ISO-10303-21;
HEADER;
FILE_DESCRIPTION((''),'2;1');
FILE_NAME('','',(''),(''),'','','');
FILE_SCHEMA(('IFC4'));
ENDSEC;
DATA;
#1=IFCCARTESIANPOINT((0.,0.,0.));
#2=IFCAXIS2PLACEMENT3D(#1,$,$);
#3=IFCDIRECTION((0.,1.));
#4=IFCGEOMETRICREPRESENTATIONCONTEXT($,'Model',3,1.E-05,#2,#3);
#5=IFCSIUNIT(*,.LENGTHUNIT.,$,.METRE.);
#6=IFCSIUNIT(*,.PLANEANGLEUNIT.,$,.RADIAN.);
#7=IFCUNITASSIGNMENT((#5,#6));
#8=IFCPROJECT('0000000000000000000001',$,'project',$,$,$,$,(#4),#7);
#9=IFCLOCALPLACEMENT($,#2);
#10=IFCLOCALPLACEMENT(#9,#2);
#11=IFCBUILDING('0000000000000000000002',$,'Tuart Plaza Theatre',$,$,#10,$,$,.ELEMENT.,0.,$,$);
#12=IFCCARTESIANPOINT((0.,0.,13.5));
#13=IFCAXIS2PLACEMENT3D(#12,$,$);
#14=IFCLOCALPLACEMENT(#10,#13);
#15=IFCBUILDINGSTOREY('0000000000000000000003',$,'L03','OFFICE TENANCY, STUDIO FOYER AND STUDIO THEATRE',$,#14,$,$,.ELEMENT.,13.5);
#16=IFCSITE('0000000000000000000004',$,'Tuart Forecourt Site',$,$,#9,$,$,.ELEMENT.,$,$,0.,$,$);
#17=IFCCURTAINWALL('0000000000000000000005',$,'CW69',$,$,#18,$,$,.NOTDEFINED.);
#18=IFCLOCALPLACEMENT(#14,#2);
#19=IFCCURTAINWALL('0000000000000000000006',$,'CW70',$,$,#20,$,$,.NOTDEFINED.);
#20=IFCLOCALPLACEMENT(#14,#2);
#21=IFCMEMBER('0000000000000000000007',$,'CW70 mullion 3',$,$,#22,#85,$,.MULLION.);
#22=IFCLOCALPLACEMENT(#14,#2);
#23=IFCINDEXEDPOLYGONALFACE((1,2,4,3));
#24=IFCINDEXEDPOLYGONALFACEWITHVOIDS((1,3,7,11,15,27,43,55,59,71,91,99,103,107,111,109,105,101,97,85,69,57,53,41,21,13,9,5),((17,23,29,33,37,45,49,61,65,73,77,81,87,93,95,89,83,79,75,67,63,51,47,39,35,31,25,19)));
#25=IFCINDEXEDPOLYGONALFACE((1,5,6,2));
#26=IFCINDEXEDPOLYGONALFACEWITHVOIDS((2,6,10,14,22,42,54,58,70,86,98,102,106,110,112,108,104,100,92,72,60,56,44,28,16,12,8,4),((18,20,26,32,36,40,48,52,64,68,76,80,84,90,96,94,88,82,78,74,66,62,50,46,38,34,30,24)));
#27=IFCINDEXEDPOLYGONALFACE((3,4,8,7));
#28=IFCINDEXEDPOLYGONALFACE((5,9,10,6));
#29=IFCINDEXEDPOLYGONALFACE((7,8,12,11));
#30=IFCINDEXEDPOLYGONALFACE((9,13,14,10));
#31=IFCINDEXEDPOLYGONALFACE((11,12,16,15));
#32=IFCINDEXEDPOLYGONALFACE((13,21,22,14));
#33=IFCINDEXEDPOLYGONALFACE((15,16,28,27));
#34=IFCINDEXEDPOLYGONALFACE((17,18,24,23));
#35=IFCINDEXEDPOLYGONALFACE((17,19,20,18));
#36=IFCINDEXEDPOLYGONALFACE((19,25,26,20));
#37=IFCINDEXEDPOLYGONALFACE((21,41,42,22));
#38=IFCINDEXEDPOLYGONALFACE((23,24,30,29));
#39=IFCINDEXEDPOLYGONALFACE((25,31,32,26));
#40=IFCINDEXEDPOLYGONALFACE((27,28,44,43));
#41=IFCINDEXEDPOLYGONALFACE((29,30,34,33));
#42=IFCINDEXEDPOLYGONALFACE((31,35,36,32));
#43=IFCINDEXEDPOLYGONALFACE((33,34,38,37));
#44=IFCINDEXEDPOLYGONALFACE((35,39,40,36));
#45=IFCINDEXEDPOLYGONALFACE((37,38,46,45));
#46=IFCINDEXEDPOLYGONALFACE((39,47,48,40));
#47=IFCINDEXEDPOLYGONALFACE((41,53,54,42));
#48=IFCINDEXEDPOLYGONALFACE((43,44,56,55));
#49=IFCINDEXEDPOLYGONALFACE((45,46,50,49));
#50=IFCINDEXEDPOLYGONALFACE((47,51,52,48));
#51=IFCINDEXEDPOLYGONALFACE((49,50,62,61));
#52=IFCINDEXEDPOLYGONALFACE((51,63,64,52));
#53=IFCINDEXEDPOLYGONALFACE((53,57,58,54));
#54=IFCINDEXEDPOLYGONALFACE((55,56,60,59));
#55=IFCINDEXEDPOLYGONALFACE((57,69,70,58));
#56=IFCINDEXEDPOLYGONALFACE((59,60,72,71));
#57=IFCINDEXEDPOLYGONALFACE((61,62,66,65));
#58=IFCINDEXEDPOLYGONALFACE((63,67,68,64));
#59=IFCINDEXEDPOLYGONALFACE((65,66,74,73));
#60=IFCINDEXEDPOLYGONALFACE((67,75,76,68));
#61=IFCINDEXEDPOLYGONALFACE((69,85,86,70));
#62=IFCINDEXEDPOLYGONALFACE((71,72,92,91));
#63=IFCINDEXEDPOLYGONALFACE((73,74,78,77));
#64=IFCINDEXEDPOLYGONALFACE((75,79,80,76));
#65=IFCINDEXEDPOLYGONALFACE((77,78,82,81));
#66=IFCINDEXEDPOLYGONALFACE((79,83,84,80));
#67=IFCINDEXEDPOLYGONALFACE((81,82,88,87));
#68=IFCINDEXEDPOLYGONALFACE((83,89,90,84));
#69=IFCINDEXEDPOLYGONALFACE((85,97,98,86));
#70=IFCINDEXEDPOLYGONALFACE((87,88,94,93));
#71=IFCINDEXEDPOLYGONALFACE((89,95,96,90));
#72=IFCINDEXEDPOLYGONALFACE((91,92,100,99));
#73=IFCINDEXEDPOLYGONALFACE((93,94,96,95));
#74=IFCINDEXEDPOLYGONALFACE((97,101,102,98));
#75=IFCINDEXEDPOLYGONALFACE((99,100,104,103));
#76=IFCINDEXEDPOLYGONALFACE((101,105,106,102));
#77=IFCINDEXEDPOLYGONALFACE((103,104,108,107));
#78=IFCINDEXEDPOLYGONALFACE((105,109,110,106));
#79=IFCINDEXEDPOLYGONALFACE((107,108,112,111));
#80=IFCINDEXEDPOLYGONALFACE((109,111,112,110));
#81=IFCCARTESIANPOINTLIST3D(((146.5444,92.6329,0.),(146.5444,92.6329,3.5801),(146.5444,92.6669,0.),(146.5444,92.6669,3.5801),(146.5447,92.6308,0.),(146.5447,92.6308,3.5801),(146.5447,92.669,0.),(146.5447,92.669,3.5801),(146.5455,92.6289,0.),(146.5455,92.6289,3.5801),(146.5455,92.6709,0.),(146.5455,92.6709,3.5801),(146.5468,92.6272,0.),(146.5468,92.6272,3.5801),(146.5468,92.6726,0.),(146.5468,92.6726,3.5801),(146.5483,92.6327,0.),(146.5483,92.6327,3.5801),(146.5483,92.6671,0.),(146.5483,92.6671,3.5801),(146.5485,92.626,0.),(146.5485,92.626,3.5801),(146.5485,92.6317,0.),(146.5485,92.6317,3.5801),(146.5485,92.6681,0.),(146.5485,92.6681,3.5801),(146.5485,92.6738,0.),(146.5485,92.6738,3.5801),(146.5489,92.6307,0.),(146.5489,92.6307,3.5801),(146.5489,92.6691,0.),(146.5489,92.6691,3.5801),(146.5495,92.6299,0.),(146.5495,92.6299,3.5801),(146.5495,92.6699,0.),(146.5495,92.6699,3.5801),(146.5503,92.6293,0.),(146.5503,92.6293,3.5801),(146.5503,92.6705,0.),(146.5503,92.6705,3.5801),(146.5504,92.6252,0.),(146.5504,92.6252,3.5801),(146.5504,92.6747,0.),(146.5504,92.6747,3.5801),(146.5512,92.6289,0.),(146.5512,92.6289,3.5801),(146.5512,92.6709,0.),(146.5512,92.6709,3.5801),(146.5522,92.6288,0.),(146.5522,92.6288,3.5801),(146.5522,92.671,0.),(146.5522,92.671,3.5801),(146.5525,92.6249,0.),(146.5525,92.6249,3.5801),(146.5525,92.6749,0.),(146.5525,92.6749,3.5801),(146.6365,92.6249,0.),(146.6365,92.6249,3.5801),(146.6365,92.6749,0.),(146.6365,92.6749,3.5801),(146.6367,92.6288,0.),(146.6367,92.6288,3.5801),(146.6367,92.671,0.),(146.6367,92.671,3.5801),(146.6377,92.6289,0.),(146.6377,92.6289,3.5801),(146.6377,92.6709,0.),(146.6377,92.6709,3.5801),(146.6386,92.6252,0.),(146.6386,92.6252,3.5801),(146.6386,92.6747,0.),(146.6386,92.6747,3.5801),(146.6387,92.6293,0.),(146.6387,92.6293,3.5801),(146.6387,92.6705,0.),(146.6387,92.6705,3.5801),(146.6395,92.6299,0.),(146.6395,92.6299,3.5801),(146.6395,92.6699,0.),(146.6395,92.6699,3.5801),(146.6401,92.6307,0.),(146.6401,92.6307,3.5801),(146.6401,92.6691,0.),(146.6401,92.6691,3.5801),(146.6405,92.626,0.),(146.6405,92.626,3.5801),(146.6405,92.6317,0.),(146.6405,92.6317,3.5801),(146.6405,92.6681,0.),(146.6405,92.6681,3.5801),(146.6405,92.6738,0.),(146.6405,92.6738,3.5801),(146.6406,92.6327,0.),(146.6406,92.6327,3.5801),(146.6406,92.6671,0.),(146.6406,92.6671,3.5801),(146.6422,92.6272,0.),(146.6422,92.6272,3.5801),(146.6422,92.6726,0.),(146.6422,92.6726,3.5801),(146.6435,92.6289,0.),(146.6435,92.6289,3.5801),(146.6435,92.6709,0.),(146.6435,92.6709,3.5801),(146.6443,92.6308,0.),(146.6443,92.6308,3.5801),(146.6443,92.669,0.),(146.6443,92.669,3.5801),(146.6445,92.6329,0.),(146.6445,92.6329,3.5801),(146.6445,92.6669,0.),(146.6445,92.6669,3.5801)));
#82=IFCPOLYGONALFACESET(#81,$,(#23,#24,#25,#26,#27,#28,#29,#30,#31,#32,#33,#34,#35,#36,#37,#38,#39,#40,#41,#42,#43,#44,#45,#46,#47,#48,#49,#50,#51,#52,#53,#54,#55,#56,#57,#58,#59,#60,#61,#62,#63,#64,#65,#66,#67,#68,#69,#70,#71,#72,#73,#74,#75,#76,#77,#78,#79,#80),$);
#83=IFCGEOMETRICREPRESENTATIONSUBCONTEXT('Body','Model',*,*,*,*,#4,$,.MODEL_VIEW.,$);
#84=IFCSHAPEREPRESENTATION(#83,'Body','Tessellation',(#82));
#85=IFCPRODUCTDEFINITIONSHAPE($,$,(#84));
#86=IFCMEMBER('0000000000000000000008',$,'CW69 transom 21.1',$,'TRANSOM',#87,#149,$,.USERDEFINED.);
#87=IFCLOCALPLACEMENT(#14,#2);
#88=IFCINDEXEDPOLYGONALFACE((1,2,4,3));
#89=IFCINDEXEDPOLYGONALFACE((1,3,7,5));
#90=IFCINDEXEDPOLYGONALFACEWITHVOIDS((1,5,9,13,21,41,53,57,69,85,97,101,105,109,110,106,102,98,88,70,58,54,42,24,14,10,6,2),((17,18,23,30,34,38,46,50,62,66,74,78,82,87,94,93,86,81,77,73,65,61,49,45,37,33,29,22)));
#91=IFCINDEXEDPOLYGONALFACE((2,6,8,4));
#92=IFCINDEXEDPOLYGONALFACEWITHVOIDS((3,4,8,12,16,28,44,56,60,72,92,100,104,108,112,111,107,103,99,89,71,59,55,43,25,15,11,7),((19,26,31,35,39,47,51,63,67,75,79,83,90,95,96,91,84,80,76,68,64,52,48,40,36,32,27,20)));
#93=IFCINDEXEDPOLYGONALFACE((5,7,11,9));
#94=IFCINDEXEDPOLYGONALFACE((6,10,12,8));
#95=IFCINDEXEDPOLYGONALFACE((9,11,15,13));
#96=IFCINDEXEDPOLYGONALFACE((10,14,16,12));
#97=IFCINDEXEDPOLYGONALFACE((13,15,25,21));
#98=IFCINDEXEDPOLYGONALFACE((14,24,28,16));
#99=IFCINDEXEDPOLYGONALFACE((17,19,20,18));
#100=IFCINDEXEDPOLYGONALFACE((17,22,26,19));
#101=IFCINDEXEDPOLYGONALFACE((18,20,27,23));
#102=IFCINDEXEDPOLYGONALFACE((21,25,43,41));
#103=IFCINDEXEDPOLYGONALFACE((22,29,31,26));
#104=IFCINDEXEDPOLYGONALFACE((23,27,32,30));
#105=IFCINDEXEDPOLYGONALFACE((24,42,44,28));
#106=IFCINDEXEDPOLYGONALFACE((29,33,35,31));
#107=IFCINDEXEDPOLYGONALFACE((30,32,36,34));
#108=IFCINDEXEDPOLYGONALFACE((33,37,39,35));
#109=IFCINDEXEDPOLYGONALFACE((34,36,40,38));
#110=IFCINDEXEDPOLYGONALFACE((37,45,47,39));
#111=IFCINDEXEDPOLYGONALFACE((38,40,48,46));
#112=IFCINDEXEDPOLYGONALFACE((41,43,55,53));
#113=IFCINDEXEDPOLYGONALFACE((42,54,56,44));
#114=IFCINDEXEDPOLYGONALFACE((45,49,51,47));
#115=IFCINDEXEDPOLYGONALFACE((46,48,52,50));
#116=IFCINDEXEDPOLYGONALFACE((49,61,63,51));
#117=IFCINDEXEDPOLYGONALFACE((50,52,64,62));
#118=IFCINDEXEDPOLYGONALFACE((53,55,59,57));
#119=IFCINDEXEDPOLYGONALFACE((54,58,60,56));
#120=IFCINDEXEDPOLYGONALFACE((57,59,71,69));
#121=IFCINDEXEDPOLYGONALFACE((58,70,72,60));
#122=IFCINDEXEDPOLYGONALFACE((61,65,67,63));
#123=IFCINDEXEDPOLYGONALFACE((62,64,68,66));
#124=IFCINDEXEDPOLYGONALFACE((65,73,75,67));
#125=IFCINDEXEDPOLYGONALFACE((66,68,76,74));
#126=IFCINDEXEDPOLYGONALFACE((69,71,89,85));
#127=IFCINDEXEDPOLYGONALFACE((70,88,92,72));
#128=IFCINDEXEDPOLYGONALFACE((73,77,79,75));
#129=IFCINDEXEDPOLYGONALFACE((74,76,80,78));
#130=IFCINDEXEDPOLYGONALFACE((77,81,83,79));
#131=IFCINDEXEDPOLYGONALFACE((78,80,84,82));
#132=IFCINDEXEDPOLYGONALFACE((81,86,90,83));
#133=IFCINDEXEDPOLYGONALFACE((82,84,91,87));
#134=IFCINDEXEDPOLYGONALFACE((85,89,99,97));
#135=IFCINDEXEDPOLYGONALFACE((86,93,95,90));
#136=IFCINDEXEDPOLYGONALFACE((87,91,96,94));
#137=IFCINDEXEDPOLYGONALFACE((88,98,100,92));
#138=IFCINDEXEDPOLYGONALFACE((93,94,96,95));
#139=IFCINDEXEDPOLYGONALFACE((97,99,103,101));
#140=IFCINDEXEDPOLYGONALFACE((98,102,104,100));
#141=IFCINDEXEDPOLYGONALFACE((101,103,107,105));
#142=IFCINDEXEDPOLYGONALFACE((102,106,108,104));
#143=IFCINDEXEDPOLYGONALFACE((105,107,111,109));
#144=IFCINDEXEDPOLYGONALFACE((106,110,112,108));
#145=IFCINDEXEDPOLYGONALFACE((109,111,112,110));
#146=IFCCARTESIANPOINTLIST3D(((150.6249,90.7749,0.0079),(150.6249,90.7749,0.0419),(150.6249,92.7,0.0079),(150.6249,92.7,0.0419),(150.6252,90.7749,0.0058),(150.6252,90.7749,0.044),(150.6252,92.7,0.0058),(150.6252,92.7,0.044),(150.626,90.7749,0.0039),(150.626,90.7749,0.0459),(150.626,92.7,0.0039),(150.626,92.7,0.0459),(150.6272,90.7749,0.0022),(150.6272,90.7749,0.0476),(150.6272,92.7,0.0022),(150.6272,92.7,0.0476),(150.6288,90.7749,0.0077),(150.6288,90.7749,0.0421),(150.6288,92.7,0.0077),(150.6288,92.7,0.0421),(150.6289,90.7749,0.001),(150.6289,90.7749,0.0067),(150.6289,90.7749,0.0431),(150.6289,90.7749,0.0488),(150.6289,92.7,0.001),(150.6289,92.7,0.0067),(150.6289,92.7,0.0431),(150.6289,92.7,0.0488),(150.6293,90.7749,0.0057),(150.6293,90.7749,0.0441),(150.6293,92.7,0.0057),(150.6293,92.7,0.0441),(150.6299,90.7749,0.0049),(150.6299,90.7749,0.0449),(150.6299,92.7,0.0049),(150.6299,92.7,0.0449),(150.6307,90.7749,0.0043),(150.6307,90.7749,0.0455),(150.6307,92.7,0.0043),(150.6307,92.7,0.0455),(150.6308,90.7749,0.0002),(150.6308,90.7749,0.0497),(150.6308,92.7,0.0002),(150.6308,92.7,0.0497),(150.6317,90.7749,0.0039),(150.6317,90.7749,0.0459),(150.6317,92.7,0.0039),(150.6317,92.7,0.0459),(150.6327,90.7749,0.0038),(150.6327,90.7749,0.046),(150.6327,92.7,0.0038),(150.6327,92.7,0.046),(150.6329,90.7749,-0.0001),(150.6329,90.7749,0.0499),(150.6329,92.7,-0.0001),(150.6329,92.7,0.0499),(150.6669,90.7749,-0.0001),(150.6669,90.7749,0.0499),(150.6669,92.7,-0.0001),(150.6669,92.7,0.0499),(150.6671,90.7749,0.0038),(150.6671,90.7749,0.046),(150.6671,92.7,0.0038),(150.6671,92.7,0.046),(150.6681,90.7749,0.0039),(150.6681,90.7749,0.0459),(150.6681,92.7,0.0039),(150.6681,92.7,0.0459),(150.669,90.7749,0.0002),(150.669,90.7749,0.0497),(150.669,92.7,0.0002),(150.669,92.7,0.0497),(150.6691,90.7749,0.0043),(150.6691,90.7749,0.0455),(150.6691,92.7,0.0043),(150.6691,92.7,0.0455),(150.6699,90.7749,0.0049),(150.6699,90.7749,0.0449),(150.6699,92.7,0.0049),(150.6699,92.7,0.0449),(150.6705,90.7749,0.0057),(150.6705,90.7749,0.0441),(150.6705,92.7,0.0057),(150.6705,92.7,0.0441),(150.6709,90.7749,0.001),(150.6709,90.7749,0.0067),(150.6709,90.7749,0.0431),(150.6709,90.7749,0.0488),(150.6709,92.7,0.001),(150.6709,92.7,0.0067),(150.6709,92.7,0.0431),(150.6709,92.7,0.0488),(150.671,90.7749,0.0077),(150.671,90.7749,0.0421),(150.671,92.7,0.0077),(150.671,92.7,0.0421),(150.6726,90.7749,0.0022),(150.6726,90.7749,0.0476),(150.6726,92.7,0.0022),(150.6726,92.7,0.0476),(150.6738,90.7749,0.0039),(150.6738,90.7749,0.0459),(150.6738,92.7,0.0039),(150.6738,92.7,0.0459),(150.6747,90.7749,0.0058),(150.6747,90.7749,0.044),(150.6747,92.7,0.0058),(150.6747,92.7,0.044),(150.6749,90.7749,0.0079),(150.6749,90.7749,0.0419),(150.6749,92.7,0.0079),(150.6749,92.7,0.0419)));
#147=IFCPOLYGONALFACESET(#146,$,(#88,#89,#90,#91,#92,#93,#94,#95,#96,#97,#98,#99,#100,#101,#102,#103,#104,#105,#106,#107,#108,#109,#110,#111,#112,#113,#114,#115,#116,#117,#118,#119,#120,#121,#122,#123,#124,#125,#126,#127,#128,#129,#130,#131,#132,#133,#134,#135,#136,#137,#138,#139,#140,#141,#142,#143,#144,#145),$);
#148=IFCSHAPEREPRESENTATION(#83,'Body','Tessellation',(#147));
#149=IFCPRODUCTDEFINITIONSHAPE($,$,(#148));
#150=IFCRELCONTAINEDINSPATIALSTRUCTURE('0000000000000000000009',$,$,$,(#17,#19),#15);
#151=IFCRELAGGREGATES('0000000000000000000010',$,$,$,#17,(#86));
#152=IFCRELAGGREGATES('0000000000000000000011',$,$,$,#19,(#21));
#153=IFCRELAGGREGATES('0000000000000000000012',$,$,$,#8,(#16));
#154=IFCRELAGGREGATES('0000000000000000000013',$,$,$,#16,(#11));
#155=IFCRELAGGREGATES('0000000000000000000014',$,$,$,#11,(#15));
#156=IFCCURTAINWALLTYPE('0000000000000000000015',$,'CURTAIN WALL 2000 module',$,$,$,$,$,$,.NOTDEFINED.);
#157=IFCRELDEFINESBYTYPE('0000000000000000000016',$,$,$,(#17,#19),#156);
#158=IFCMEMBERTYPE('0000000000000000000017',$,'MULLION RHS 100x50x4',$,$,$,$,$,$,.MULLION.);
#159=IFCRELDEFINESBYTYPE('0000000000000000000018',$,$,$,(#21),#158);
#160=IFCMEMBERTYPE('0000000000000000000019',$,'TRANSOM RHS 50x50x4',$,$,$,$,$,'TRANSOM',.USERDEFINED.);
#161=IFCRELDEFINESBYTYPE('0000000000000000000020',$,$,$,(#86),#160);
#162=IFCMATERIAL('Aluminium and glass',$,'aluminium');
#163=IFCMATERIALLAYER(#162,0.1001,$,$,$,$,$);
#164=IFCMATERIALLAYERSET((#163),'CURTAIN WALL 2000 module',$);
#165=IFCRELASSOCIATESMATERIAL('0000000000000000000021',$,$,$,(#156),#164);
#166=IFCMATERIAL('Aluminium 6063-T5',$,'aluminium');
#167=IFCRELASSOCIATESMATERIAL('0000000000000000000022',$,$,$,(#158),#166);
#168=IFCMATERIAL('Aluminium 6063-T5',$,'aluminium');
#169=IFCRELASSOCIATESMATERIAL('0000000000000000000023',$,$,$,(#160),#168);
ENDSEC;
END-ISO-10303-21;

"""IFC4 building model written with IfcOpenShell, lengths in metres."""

from ifc_helpers import new_model, si_unit, direction, frame, origin, origin_2d, place, context, subcontext, project, spatial, hollow_rectangle, extrude, material, layer, layer_set, material_profile, profile_set, type_object, element, aggregate, save


model = new_model("IFC4")

# Units and contexts
model_context = context("Model", 3, precision=1e-05, world=origin(), true_north=direction((0.0, 1.0)))
body_context = subcontext(model_context, "Body", "Model", "MODEL_VIEW")
ifc_project = project(units=[si_unit("LENGTHUNIT", "METRE"), si_unit("PLANEANGLEUNIT", "RADIAN")], contexts=[model_context])

# Site, building, storey
site_placement = place(None, origin())
site = spatial("IfcSite", under=ifc_project, at=site_placement, Name="Tuart Forecourt Site", CompositionType="ELEMENT", RefElevation=0.0)
building_placement = place(site_placement, origin())
building = spatial("IfcBuilding", under=site, at=building_placement, Name="Tuart Plaza Theatre", CompositionType="ELEMENT", ElevationOfRefHeight=0.0)
storey_placement = place(building_placement, frame((0.0, 0.0, 13.5)))
storey = spatial("IfcBuildingStorey", under=building, at=storey_placement, Name="L03", Description="OFFICE TENANCY, STUDIO FOYER AND STUDIO THEATRE", CompositionType="ELEMENT", Elevation=13.5)

# Curtain walls, member
ifc_material_1 = material(Name="Aluminium and glass", Category="aluminium")
ifc_layer_1 = layer(ifc_material_1, 0.1001)
ifc_layer_set_1 = layer_set([ifc_layer_1], Name="CURTAIN WALL 2000 module")
curtain_wall_type = type_object("IfcCurtainWallType", Name="CURTAIN WALL 2000 module", PredefinedType="NOTDEFINED", material=ifc_layer_set_1)
curtain_wall_1_placement = place(storey_placement, origin())
curtain_wall_1 = element("IfcCurtainWall", 1, at=curtain_wall_1_placement, inside=storey, type_object=curtain_wall_type, Name="CW69", PredefinedType="NOTDEFINED")
ifc_material_2 = material(Name="Aluminium 6063-T5", Category="aluminium")
ifc_material_profile_1 = material_profile(ifc_material_2, hollow_rectangle(XDim=0.05, YDim=0.1001, WallThickness=0.0039, InnerFilletRadius=0.0039, OuterFilletRadius=0.0081, at=origin_2d()), Name="RHS 100x50x4")
ifc_profile_set_1 = profile_set([ifc_material_profile_1], Name="Aluminium 6063-T5")
member_type_1 = type_object("IfcMemberType", Name="MULLION RHS 100x50x4", PredefinedType="MULLION", material=ifc_profile_set_1)
curtain_wall_2_placement = place(storey_placement, origin())
curtain_wall_2 = element("IfcCurtainWall", 2, at=curtain_wall_2_placement, inside=storey, type_object=curtain_wall_type, Name="CW70", PredefinedType="NOTDEFINED")
member_1_placement = place(storey_placement, frame((146.5945, 92.6499, 0.0), z_axis=(0.0, 0.0, 1.0), x_axis=(0.0, -1.0, 0.0)))
member_1 = element("IfcMember", 3, at=member_1_placement, type_object=member_type_1, Name="CW70 mullion 3", PredefinedType="MULLION", context=body_context, shape_type="SweptSolid", body=[
    extrude(hollow_rectangle(XDim=0.05, YDim=0.1001, WallThickness=0.0039, InnerFilletRadius=0.0039, OuterFilletRadius=0.0081, at=origin_2d()), origin(), (0.0, 0.0, 1.0), 3.5801),
])

# Member
ifc_material_3 = material(Name="Aluminium 6063-T5", Category="aluminium")
ifc_material_profile_2 = material_profile(ifc_material_3, hollow_rectangle(XDim=0.05, YDim=0.05, WallThickness=0.0039, InnerFilletRadius=0.0039, OuterFilletRadius=0.0081, at=origin_2d()), Name="RHS 50x50x4")
ifc_profile_set_2 = profile_set([ifc_material_profile_2], Name="Aluminium 6063-T5")
member_type_2 = type_object("IfcMemberType", Name="TRANSOM RHS 50x50x4", ElementType="TRANSOM", PredefinedType="USERDEFINED", material=ifc_profile_set_2)
member_2_placement = place(storey_placement, frame((150.6499, 90.7749, 0.0249), z_axis=(0.0, 1.0, 0.0), x_axis=(-1.0, 0.0, 0.0)))
member_2 = element("IfcMember", 4, at=member_2_placement, type_object=member_type_2, Name="CW69 transom 21.1", ObjectType="TRANSOM", PredefinedType="USERDEFINED", context=body_context, shape_type="SweptSolid", body=[
    extrude(hollow_rectangle(XDim=0.05, YDim=0.05, WallThickness=0.0039, InnerFilletRadius=0.0039, OuterFilletRadius=0.0081, at=origin_2d()), origin(), (0.0, 0.0, 1.0), 1.925),
])

aggregate(curtain_wall_1, [member_2])
aggregate(curtain_wall_2, [member_1])

save(model, "model.ifc")
